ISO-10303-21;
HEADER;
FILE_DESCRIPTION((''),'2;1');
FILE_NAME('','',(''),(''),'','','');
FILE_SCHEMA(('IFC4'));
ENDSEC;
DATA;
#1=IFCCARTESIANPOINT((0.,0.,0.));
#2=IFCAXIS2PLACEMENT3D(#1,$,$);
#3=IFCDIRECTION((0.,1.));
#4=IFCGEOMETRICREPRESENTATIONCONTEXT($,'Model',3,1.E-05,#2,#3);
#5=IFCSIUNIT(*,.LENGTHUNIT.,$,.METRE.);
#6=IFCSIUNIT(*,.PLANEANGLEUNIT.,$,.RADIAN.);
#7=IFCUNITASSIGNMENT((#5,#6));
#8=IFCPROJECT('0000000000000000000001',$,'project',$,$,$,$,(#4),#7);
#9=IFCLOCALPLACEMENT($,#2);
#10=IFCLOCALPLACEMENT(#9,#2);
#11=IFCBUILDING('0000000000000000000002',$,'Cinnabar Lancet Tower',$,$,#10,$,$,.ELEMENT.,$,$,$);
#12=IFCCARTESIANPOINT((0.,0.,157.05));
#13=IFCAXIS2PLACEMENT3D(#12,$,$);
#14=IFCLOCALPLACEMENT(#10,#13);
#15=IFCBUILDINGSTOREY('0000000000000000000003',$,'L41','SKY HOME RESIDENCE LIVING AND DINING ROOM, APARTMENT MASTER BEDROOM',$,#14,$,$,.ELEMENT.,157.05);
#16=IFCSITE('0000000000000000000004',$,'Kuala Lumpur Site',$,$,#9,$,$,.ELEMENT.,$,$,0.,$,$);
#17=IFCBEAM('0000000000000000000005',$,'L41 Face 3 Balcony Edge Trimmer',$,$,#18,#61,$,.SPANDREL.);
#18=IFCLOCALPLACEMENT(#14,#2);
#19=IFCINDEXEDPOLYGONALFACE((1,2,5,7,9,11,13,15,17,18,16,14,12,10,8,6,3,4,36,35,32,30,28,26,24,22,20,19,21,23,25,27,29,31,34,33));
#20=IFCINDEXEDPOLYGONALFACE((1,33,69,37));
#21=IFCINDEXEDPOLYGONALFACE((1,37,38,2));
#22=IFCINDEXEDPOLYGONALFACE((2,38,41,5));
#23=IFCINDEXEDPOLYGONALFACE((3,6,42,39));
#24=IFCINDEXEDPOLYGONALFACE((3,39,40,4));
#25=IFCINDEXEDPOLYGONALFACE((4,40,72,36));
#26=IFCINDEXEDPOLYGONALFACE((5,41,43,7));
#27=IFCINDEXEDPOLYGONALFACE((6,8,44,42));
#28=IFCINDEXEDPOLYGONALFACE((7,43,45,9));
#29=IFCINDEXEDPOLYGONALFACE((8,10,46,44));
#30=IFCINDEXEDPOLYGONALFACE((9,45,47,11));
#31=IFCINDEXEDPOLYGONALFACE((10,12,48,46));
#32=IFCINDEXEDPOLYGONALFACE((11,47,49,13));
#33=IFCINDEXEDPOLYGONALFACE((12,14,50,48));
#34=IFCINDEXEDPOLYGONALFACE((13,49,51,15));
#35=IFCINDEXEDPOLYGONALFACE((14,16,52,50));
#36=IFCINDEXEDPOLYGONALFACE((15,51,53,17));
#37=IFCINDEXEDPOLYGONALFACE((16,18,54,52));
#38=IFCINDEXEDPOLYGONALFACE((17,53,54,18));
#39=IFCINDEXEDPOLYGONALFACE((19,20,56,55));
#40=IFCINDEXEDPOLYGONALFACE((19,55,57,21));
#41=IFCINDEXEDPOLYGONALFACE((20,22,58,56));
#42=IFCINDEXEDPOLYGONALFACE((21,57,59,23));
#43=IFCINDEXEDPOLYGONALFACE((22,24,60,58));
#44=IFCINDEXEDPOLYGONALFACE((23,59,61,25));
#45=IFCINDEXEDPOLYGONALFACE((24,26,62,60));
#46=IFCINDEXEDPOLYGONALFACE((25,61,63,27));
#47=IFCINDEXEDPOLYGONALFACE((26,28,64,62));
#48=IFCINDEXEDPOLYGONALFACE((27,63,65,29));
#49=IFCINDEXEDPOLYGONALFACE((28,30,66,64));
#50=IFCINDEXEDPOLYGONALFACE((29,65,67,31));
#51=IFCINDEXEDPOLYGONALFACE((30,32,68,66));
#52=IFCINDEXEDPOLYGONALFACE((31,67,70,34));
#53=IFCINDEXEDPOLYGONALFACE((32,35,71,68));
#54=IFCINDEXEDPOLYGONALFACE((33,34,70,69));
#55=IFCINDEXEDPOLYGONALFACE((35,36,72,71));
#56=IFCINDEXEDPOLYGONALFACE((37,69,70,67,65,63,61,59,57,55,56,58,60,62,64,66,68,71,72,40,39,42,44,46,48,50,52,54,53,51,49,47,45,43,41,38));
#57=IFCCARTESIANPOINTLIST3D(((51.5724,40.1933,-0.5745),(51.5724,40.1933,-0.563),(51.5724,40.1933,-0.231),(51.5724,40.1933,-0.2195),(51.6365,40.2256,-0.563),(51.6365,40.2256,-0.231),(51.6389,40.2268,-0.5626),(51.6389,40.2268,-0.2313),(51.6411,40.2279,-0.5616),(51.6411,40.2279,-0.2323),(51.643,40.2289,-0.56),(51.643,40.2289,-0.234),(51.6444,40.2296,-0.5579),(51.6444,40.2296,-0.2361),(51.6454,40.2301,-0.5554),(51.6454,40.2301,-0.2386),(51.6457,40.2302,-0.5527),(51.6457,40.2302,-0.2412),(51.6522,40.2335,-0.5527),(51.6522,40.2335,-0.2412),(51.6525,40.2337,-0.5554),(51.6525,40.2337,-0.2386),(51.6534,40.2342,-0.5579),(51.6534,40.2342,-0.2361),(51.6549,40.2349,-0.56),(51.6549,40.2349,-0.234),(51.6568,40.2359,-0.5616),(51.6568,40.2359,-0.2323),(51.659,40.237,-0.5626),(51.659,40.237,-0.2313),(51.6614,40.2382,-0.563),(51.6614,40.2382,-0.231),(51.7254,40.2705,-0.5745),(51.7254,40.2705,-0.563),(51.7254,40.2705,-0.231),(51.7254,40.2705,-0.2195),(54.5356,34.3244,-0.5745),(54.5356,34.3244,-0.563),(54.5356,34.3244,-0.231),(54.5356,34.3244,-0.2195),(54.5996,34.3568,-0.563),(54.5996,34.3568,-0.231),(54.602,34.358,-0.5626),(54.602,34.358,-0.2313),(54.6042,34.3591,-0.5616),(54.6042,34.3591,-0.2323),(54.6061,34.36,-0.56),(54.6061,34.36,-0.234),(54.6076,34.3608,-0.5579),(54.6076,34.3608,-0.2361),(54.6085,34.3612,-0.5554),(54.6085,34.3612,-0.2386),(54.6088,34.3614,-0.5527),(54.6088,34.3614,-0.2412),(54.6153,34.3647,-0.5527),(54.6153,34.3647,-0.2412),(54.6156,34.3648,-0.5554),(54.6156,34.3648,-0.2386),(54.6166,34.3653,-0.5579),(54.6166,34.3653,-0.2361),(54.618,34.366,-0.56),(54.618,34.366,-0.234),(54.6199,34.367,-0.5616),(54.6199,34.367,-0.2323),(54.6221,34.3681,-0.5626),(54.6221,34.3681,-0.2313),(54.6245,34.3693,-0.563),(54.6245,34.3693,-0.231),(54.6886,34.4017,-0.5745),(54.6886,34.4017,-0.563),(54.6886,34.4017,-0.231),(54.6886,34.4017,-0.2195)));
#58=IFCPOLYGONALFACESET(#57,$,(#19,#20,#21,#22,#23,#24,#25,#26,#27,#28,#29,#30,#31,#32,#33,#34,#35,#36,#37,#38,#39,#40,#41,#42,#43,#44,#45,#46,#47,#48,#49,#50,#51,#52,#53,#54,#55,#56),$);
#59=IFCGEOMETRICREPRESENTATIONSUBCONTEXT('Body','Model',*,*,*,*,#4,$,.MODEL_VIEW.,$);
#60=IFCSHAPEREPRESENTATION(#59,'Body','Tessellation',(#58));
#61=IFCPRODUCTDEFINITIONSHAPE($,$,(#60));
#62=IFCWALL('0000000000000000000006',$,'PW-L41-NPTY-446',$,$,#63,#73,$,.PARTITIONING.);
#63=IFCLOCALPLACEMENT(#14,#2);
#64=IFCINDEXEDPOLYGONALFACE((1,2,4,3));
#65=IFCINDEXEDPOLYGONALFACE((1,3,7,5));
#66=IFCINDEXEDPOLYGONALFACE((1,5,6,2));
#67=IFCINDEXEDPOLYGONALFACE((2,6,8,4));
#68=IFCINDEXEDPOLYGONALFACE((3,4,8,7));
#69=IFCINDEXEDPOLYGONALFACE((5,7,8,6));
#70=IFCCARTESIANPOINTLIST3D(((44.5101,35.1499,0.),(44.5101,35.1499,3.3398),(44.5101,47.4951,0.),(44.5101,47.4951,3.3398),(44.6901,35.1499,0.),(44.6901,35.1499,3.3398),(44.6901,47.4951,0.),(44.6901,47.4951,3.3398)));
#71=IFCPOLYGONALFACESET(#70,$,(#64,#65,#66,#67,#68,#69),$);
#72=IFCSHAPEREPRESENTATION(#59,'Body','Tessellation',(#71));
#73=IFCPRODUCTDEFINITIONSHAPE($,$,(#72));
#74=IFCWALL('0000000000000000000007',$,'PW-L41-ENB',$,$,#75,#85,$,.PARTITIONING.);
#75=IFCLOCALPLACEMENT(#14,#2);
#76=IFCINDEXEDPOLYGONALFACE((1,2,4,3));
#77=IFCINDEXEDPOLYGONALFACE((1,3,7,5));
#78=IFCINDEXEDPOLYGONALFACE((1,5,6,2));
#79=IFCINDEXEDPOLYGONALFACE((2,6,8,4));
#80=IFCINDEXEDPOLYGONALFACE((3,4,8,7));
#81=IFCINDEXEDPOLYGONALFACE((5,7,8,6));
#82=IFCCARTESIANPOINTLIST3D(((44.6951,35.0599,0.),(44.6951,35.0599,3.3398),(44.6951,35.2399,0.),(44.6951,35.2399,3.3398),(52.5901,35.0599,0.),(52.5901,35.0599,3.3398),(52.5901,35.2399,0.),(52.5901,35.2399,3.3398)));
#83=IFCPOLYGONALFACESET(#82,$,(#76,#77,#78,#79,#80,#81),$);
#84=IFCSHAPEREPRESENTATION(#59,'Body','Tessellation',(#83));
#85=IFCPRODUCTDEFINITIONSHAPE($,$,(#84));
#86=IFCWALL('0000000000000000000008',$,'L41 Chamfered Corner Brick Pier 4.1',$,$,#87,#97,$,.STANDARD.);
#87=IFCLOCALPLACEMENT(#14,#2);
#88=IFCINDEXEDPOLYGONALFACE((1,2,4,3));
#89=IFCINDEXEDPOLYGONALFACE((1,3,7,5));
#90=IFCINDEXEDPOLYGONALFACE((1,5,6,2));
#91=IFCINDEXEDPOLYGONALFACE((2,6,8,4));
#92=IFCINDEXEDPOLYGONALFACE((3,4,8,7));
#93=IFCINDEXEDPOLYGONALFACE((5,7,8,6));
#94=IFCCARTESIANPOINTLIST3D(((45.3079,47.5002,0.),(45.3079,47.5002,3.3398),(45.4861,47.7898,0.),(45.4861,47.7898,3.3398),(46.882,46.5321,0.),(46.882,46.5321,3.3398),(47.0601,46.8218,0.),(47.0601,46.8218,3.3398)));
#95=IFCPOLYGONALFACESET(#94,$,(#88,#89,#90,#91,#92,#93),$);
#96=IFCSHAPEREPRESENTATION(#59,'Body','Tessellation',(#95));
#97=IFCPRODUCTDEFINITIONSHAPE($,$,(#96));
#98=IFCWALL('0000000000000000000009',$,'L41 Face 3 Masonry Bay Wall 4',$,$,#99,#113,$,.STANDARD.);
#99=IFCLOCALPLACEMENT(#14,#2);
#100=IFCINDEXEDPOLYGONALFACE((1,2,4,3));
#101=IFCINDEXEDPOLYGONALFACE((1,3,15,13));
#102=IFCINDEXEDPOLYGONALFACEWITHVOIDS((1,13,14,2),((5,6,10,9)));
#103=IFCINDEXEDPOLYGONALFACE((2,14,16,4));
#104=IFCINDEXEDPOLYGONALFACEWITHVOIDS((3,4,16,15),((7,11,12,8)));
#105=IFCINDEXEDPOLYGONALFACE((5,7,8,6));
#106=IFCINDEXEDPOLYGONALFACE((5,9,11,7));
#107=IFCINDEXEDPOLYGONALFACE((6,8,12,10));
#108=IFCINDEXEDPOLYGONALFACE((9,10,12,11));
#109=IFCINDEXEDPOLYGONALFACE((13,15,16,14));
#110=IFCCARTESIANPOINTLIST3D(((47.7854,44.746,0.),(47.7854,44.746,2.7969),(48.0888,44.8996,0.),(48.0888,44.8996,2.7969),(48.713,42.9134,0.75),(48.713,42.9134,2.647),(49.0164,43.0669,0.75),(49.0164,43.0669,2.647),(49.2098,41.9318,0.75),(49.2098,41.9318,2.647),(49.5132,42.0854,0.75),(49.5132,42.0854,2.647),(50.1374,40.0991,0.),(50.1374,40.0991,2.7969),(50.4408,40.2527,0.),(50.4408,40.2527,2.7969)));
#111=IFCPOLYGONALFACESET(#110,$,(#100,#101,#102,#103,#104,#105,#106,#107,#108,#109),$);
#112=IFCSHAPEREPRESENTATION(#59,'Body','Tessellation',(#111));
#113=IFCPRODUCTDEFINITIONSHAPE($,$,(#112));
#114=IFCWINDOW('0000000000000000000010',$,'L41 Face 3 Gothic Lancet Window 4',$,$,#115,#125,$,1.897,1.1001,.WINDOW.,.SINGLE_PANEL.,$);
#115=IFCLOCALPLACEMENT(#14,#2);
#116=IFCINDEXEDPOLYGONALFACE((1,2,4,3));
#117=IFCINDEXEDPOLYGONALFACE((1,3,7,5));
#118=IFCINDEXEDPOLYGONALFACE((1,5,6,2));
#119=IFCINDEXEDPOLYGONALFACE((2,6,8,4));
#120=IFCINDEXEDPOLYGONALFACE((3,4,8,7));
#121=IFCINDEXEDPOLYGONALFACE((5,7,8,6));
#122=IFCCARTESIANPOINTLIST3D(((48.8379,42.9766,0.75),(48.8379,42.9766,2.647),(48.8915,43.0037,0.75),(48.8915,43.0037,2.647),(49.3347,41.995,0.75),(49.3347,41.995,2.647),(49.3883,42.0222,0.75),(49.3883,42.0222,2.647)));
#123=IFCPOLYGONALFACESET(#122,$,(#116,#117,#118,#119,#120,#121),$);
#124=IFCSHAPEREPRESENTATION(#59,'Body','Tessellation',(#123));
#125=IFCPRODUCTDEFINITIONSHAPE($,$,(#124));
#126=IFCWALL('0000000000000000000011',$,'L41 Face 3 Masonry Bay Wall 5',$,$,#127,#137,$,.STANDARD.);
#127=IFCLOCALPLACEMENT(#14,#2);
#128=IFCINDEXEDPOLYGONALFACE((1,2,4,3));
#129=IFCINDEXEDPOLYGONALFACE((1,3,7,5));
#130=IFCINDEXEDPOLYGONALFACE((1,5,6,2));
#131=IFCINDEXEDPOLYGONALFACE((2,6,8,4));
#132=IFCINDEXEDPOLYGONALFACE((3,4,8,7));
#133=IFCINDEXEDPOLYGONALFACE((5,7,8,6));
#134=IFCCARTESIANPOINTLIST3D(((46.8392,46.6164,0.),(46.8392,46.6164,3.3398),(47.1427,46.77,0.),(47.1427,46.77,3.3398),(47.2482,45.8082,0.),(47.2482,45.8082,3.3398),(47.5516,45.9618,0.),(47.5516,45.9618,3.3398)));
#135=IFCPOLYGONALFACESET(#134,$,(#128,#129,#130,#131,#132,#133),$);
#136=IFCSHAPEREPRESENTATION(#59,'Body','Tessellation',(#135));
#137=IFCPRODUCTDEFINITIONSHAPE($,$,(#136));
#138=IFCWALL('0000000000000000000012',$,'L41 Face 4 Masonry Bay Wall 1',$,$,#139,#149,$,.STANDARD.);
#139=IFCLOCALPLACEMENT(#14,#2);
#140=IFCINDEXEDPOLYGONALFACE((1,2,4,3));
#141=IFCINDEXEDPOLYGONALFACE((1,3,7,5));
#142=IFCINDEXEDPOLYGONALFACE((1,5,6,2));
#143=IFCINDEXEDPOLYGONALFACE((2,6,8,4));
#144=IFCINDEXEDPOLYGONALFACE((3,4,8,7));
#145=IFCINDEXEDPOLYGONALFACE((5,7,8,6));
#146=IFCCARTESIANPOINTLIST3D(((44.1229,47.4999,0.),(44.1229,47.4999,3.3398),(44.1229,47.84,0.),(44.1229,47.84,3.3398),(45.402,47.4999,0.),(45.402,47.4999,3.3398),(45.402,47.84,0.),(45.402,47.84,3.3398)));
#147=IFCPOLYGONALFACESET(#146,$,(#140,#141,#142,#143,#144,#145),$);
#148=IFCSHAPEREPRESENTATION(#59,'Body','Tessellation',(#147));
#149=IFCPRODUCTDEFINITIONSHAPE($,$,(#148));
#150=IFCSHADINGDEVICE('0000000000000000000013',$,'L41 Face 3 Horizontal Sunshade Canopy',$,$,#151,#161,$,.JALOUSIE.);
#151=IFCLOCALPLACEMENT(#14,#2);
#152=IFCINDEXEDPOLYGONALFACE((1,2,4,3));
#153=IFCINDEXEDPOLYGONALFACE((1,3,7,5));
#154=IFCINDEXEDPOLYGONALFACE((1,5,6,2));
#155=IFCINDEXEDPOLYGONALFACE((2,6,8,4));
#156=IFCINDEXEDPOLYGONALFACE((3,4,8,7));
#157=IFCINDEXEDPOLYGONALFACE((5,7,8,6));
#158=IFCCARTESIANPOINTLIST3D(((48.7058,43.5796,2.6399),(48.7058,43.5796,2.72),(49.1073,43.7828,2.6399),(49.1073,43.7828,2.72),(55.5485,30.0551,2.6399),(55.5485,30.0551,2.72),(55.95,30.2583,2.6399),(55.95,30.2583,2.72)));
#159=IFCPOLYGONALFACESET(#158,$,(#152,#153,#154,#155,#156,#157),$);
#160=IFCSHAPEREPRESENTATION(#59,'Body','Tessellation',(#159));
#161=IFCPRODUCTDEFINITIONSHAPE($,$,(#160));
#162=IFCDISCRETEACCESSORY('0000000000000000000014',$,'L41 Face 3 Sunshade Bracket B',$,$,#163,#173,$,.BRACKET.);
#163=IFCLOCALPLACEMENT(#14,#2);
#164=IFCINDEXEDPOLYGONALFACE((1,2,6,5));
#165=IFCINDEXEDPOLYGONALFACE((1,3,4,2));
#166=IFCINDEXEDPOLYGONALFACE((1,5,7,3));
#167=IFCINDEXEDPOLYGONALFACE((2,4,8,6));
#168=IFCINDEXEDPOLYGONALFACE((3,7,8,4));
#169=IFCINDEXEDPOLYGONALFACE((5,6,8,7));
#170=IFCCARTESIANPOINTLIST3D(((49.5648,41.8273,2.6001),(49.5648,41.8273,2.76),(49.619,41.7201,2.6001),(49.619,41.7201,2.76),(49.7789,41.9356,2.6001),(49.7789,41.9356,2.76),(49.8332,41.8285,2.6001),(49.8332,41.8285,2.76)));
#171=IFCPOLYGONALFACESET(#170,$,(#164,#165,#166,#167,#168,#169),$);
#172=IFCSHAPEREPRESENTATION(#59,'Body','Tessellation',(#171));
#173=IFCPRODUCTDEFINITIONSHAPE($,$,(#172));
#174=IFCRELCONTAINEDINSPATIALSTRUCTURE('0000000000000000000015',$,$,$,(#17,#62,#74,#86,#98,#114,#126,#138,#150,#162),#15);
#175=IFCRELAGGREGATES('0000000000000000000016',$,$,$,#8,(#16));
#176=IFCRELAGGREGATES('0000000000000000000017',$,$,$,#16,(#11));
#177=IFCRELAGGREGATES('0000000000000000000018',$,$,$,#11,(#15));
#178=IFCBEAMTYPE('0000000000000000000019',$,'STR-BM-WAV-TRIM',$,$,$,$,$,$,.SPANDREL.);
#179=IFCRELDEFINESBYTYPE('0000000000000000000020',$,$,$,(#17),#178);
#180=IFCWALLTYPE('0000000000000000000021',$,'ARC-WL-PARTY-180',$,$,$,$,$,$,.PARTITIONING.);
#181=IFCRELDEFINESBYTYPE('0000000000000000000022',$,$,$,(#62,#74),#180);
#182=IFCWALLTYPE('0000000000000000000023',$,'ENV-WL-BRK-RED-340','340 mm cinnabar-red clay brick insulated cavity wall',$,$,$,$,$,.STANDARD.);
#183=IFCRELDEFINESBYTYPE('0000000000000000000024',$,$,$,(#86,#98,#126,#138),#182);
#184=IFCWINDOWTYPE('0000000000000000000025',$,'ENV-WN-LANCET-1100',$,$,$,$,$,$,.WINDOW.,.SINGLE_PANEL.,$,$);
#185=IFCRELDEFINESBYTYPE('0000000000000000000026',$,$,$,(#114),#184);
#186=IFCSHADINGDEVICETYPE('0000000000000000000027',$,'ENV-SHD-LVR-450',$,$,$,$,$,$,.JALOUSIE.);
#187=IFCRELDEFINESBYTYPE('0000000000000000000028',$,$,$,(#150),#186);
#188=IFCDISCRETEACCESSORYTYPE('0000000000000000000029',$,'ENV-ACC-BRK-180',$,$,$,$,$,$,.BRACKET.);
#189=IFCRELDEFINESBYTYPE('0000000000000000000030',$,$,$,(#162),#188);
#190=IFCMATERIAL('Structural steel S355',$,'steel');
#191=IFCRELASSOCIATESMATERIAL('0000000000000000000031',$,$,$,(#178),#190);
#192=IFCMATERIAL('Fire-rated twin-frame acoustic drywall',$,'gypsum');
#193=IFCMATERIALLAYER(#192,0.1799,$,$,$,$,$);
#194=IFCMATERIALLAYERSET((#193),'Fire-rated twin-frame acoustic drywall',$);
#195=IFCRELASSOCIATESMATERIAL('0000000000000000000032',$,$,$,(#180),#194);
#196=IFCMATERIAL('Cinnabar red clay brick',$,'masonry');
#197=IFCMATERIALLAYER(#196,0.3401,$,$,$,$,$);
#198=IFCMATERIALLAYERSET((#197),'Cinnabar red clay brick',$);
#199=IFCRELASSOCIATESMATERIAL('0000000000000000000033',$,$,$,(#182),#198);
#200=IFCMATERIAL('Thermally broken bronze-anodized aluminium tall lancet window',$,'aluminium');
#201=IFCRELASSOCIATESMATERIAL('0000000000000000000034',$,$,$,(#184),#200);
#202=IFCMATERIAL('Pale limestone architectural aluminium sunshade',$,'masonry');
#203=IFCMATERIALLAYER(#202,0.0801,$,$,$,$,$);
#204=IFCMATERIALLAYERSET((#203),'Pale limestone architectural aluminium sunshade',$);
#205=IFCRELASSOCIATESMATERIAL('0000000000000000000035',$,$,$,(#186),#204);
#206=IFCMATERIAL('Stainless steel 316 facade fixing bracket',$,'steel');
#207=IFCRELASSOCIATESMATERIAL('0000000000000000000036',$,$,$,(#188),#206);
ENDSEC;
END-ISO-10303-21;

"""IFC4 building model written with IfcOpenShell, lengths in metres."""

from ifc_helpers import new_model, si_unit, direction, frame, frame_2d, origin, origin_2d, place, context, subcontext, project, spatial, rectangle, i_section, extrude, material, layer, layer_set, material_profile, profile_set, type_object, element, fill, save


model = new_model("IFC4")

# Units and contexts
model_context = context("Model", 3, precision=1e-05, world=origin(), true_north=direction((0.0, 1.0)))
body_context = subcontext(model_context, "Body", "Model", "MODEL_VIEW")
ifc_project = project(units=[si_unit("LENGTHUNIT", "METRE"), si_unit("PLANEANGLEUNIT", "RADIAN")], contexts=[model_context])

# Site, building, storey
site_placement = place(None, origin())
site = spatial("IfcSite", under=ifc_project, at=site_placement, Name="Kuala Lumpur Site", CompositionType="ELEMENT", RefElevation=0.0)
building_placement = place(site_placement, origin())
building = spatial("IfcBuilding", under=site, at=building_placement, Name="Cinnabar Lancet Tower", CompositionType="ELEMENT")
storey_placement = place(building_placement, frame((0.0, 0.0, 157.05)))
storey = spatial("IfcBuildingStorey", under=building, at=storey_placement, Name="L41", Description="SKY HOME RESIDENCE LIVING AND DINING ROOM, APARTMENT MASTER BEDROOM", CompositionType="ELEMENT", Elevation=157.05)

# Beam
ifc_material_1 = material(Name="Structural steel S355", Category="steel")
ifc_material_profile_1 = material_profile(ifc_material_1, i_section(OverallWidth=0.1714, OverallDepth=0.355, WebThickness=0.0073, FlangeThickness=0.0115, FilletRadius=0.0103, at=origin_2d()), Name="UKB 356x171x51")
ifc_profile_set_1 = profile_set([ifc_material_profile_1], Name="Structural steel S355")
beam_type_1 = type_object("IfcBeamType", Name="STR-BM-WAV-TRIM", PredefinedType="SPANDREL", material=ifc_profile_set_1)
beam_1_placement = place(storey_placement, frame((54.6121, 34.363, -0.397), z_axis=(-0.450701, 0.892675, 0.0), x_axis=(-0.892675, -0.450701, 0.0)))
element("IfcBeam", 1, at=beam_1_placement, inside=storey, type_object=beam_type_1, Name="L41 Face 3 Balcony Edge Trimmer", PredefinedType="SPANDREL", context=body_context, shape_type="SweptSolid", body=[
    extrude(i_section(OverallWidth=0.1714, OverallDepth=0.355, WebThickness=0.0073, FlangeThickness=0.0115, FilletRadius=0.0103, at=origin_2d()), origin(), (0.0, 0.0, 1.0), 6.5745),
])

# Walls
ifc_material_2 = material(Name="Fire-rated twin-frame acoustic drywall", Category="gypsum")
ifc_layer_1 = layer(ifc_material_2, 0.1799)
ifc_layer_set_1 = layer_set([ifc_layer_1], Name="Fire-rated twin-frame acoustic drywall")
wall_type_1 = type_object("IfcWallType", Name="ARC-WL-PARTY-180", PredefinedType="PARTITIONING", material=ifc_layer_set_1)
wall_1_placement = place(storey_placement, frame((44.6001, 35.1499, 0.0), z_axis=(0.0, 0.0, 1.0), x_axis=(0.0, 1.0, 0.0)))
element("IfcWall", 2, at=wall_1_placement, inside=storey, type_object=wall_type_1, Name="PW-L41-NPTY-446", PredefinedType="PARTITIONING", context=body_context, shape_type="SweptSolid", body=[
    extrude(rectangle(XDim=12.3452, YDim=0.1799, at=frame_2d((6.1726, 0.0))), origin(), (0.0, 0.0, 1.0), 3.3398),
])
wall_2_placement = place(storey_placement, frame((44.6951, 35.1499, 0.0), z_axis=(0.0, 0.0, 1.0), x_axis=(1.0, 0.0, 0.0)))
element("IfcWall", 3, at=wall_2_placement, inside=storey, type_object=wall_type_1, Name="PW-L41-ENB", PredefinedType="PARTITIONING", context=body_context, shape_type="SweptSolid", body=[
    extrude(rectangle(XDim=7.895, YDim=0.1799, at=frame_2d((3.9475, 0.0))), origin(), (0.0, 0.0, 1.0), 3.3398),
])
ifc_material_3 = material(Name="Cinnabar red clay brick", Category="masonry")
ifc_layer_2 = layer(ifc_material_3, 0.3401)
ifc_layer_set_2 = layer_set([ifc_layer_2], Name="Cinnabar red clay brick")
wall_type_2 = type_object("IfcWallType", Name="ENV-WL-BRK-RED-340", Description="340 mm cinnabar-red clay brick insulated cavity wall", PredefinedType="STANDARD", material=ifc_layer_set_2)
wall_3_placement = place(storey_placement, frame((46.9709, 46.677, 0.0), z_axis=(0.0, 0.0, 1.0), x_axis=(-0.851799, 0.523869, 0.0)))
element("IfcWall", 4, at=wall_3_placement, inside=storey, type_object=wall_type_2, Name="L41 Chamfered Corner Brick Pier 4.1", PredefinedType="STANDARD", context=body_context, shape_type="SweptSolid", body=[
    extrude(rectangle(XDim=1.8479, YDim=0.3401, at=frame_2d((0.9238, 0.0))), origin(), (0.0, 0.0, 1.0), 3.3398),
])

# Wall, opening, window
wall_4_placement = place(storey_placement, frame((50.2891, 40.176, 0.0), z_axis=(0.0, 0.0, 1.0), x_axis=(-0.451596, 0.892223, 0.0)))
wall_4 = element("IfcWall", 5, at=wall_4_placement, inside=storey, type_object=wall_type_2, Name="L41 Face 3 Masonry Bay Wall 4", PredefinedType="STANDARD", context=body_context, shape_type="SweptSolid", body=[
    extrude(rectangle(XDim=5.2083, YDim=0.3401, at=frame_2d((2.604, 0.0))), origin(), (0.0, 0.0, 1.0), 2.7969),
])
opening_placement = place(wall_4_placement, frame((2.054, 0.0, 0.75)))
opening = element("IfcOpeningElement", 6, at=opening_placement, cuts=wall_4, PredefinedType="OPENING", context=body_context, shape_type="SweptSolid", body=[
    extrude(rectangle(XDim=1.1001, YDim=1.897, at=frame_2d((0.55, 0.9485))), frame((0.0, 0.1799, 0.0), z_axis=(0.0, -1.0, 0.0), x_axis=(1.0, 0.0, 0.0)), (0.0, 0.0, 1.0), 0.3601),
])
ifc_material_4 = material(Name="Thermally broken bronze-anodized aluminium tall lancet window", Category="aluminium")
window_type = type_object("IfcWindowType", Name="ENV-WN-LANCET-1100", PartitioningType="SINGLE_PANEL", PredefinedType="WINDOW", material=ifc_material_4)
window_placement = place(opening_placement, origin())
window = element("IfcWindow", 7, at=window_placement, inside=storey, type_object=window_type, Name="L41 Face 3 Gothic Lancet Window 4", OverallHeight=1.897, OverallWidth=1.1001, PartitioningType="SINGLE_PANEL", PredefinedType="WINDOW", context=body_context, shape_type="SweptSolid", body=[
    extrude(rectangle(XDim=1.1001, YDim=1.897, at=frame_2d((0.55, 0.9485))), frame((0.0, 0.03, 0.0), z_axis=(0.0, -1.0, 0.0), x_axis=(1.0, 0.0, 0.0)), (0.0, 0.0, 1.0), 0.0601),
])
fill(opening, window)

# Walls
wall_5_placement = place(storey_placement, frame((47.3999, 45.885, 0.0), z_axis=(0.0, 0.0, 1.0), x_axis=(-0.451521, 0.89226, 0.0)))
element("IfcWall", 8, at=wall_5_placement, inside=storey, type_object=wall_type_2, Name="L41 Face 3 Masonry Bay Wall 5", PredefinedType="STANDARD", context=body_context, shape_type="SweptSolid", body=[
    extrude(rectangle(XDim=0.9058, YDim=0.3401, at=frame_2d((0.4529, 0.0))), origin(), (0.0, 0.0, 1.0), 3.3398),
])
wall_6_placement = place(storey_placement, frame((45.4021, 47.6699, 0.0), z_axis=(0.0, 0.0, 1.0), x_axis=(-1.0, 0.0, 0.0)))
element("IfcWall", 9, at=wall_6_placement, inside=storey, type_object=wall_type_2, Name="L41 Face 4 Masonry Bay Wall 1", PredefinedType="STANDARD", context=body_context, shape_type="SweptSolid", body=[
    extrude(rectangle(XDim=1.2791, YDim=0.3401, at=frame_2d((0.6396, 0.0))), origin(), (0.0, 0.0, 1.0), 3.3398),
])

# Shading device
ifc_material_5 = material(Name="Pale limestone architectural aluminium sunshade", Category="masonry")
ifc_layer_3 = layer(ifc_material_5, 0.0801)
ifc_layer_set_3 = layer_set([ifc_layer_3], Name="Pale limestone architectural aluminium sunshade")
shading_device_type = type_object("IfcShadingDeviceType", Name="ENV-SHD-LVR-450", PredefinedType="JALOUSIE", material=ifc_layer_set_3)
shading_device_placement = place(storey_placement, frame((52.3279, 36.9189, 2.6399), z_axis=(0.0, 0.0, 1.0), x_axis=(-0.451454, 0.892294, 0.0)))
element("IfcShadingDevice", 10, at=shading_device_placement, inside=storey, type_object=shading_device_type, Name="L41 Face 3 Horizontal Sunshade Canopy", PredefinedType="JALOUSIE", context=body_context, shape_type="SweptSolid", body=[
    extrude(rectangle(XDim=15.157, YDim=0.45, at=origin_2d()), origin(), (0.0, 0.0, 1.0), 0.0801),
])

# Discrete accessory
ifc_material_6 = material(Name="Stainless steel 316 facade fixing bracket", Category="steel")
discrete_accessory_type = type_object("IfcDiscreteAccessoryType", Name="ENV-ACC-BRK-180", PredefinedType="BRACKET", material=ifc_material_6)
discrete_accessory_placement = place(storey_placement, frame((49.699, 41.8279, 2.6001), z_axis=(0.0, 0.0, 1.0), x_axis=(-0.451454, 0.892294, 0.0)))
element("IfcDiscreteAccessory", 11, at=discrete_accessory_placement, inside=storey, type_object=discrete_accessory_type, Name="L41 Face 3 Sunshade Bracket B", PredefinedType="BRACKET", context=body_context, shape_type="SweptSolid", body=[
    extrude(rectangle(XDim=0.1201, YDim=0.24, at=origin_2d()), origin(), (0.0, 0.0, 1.0), 0.1599),
])

save(model, "model.ifc")
